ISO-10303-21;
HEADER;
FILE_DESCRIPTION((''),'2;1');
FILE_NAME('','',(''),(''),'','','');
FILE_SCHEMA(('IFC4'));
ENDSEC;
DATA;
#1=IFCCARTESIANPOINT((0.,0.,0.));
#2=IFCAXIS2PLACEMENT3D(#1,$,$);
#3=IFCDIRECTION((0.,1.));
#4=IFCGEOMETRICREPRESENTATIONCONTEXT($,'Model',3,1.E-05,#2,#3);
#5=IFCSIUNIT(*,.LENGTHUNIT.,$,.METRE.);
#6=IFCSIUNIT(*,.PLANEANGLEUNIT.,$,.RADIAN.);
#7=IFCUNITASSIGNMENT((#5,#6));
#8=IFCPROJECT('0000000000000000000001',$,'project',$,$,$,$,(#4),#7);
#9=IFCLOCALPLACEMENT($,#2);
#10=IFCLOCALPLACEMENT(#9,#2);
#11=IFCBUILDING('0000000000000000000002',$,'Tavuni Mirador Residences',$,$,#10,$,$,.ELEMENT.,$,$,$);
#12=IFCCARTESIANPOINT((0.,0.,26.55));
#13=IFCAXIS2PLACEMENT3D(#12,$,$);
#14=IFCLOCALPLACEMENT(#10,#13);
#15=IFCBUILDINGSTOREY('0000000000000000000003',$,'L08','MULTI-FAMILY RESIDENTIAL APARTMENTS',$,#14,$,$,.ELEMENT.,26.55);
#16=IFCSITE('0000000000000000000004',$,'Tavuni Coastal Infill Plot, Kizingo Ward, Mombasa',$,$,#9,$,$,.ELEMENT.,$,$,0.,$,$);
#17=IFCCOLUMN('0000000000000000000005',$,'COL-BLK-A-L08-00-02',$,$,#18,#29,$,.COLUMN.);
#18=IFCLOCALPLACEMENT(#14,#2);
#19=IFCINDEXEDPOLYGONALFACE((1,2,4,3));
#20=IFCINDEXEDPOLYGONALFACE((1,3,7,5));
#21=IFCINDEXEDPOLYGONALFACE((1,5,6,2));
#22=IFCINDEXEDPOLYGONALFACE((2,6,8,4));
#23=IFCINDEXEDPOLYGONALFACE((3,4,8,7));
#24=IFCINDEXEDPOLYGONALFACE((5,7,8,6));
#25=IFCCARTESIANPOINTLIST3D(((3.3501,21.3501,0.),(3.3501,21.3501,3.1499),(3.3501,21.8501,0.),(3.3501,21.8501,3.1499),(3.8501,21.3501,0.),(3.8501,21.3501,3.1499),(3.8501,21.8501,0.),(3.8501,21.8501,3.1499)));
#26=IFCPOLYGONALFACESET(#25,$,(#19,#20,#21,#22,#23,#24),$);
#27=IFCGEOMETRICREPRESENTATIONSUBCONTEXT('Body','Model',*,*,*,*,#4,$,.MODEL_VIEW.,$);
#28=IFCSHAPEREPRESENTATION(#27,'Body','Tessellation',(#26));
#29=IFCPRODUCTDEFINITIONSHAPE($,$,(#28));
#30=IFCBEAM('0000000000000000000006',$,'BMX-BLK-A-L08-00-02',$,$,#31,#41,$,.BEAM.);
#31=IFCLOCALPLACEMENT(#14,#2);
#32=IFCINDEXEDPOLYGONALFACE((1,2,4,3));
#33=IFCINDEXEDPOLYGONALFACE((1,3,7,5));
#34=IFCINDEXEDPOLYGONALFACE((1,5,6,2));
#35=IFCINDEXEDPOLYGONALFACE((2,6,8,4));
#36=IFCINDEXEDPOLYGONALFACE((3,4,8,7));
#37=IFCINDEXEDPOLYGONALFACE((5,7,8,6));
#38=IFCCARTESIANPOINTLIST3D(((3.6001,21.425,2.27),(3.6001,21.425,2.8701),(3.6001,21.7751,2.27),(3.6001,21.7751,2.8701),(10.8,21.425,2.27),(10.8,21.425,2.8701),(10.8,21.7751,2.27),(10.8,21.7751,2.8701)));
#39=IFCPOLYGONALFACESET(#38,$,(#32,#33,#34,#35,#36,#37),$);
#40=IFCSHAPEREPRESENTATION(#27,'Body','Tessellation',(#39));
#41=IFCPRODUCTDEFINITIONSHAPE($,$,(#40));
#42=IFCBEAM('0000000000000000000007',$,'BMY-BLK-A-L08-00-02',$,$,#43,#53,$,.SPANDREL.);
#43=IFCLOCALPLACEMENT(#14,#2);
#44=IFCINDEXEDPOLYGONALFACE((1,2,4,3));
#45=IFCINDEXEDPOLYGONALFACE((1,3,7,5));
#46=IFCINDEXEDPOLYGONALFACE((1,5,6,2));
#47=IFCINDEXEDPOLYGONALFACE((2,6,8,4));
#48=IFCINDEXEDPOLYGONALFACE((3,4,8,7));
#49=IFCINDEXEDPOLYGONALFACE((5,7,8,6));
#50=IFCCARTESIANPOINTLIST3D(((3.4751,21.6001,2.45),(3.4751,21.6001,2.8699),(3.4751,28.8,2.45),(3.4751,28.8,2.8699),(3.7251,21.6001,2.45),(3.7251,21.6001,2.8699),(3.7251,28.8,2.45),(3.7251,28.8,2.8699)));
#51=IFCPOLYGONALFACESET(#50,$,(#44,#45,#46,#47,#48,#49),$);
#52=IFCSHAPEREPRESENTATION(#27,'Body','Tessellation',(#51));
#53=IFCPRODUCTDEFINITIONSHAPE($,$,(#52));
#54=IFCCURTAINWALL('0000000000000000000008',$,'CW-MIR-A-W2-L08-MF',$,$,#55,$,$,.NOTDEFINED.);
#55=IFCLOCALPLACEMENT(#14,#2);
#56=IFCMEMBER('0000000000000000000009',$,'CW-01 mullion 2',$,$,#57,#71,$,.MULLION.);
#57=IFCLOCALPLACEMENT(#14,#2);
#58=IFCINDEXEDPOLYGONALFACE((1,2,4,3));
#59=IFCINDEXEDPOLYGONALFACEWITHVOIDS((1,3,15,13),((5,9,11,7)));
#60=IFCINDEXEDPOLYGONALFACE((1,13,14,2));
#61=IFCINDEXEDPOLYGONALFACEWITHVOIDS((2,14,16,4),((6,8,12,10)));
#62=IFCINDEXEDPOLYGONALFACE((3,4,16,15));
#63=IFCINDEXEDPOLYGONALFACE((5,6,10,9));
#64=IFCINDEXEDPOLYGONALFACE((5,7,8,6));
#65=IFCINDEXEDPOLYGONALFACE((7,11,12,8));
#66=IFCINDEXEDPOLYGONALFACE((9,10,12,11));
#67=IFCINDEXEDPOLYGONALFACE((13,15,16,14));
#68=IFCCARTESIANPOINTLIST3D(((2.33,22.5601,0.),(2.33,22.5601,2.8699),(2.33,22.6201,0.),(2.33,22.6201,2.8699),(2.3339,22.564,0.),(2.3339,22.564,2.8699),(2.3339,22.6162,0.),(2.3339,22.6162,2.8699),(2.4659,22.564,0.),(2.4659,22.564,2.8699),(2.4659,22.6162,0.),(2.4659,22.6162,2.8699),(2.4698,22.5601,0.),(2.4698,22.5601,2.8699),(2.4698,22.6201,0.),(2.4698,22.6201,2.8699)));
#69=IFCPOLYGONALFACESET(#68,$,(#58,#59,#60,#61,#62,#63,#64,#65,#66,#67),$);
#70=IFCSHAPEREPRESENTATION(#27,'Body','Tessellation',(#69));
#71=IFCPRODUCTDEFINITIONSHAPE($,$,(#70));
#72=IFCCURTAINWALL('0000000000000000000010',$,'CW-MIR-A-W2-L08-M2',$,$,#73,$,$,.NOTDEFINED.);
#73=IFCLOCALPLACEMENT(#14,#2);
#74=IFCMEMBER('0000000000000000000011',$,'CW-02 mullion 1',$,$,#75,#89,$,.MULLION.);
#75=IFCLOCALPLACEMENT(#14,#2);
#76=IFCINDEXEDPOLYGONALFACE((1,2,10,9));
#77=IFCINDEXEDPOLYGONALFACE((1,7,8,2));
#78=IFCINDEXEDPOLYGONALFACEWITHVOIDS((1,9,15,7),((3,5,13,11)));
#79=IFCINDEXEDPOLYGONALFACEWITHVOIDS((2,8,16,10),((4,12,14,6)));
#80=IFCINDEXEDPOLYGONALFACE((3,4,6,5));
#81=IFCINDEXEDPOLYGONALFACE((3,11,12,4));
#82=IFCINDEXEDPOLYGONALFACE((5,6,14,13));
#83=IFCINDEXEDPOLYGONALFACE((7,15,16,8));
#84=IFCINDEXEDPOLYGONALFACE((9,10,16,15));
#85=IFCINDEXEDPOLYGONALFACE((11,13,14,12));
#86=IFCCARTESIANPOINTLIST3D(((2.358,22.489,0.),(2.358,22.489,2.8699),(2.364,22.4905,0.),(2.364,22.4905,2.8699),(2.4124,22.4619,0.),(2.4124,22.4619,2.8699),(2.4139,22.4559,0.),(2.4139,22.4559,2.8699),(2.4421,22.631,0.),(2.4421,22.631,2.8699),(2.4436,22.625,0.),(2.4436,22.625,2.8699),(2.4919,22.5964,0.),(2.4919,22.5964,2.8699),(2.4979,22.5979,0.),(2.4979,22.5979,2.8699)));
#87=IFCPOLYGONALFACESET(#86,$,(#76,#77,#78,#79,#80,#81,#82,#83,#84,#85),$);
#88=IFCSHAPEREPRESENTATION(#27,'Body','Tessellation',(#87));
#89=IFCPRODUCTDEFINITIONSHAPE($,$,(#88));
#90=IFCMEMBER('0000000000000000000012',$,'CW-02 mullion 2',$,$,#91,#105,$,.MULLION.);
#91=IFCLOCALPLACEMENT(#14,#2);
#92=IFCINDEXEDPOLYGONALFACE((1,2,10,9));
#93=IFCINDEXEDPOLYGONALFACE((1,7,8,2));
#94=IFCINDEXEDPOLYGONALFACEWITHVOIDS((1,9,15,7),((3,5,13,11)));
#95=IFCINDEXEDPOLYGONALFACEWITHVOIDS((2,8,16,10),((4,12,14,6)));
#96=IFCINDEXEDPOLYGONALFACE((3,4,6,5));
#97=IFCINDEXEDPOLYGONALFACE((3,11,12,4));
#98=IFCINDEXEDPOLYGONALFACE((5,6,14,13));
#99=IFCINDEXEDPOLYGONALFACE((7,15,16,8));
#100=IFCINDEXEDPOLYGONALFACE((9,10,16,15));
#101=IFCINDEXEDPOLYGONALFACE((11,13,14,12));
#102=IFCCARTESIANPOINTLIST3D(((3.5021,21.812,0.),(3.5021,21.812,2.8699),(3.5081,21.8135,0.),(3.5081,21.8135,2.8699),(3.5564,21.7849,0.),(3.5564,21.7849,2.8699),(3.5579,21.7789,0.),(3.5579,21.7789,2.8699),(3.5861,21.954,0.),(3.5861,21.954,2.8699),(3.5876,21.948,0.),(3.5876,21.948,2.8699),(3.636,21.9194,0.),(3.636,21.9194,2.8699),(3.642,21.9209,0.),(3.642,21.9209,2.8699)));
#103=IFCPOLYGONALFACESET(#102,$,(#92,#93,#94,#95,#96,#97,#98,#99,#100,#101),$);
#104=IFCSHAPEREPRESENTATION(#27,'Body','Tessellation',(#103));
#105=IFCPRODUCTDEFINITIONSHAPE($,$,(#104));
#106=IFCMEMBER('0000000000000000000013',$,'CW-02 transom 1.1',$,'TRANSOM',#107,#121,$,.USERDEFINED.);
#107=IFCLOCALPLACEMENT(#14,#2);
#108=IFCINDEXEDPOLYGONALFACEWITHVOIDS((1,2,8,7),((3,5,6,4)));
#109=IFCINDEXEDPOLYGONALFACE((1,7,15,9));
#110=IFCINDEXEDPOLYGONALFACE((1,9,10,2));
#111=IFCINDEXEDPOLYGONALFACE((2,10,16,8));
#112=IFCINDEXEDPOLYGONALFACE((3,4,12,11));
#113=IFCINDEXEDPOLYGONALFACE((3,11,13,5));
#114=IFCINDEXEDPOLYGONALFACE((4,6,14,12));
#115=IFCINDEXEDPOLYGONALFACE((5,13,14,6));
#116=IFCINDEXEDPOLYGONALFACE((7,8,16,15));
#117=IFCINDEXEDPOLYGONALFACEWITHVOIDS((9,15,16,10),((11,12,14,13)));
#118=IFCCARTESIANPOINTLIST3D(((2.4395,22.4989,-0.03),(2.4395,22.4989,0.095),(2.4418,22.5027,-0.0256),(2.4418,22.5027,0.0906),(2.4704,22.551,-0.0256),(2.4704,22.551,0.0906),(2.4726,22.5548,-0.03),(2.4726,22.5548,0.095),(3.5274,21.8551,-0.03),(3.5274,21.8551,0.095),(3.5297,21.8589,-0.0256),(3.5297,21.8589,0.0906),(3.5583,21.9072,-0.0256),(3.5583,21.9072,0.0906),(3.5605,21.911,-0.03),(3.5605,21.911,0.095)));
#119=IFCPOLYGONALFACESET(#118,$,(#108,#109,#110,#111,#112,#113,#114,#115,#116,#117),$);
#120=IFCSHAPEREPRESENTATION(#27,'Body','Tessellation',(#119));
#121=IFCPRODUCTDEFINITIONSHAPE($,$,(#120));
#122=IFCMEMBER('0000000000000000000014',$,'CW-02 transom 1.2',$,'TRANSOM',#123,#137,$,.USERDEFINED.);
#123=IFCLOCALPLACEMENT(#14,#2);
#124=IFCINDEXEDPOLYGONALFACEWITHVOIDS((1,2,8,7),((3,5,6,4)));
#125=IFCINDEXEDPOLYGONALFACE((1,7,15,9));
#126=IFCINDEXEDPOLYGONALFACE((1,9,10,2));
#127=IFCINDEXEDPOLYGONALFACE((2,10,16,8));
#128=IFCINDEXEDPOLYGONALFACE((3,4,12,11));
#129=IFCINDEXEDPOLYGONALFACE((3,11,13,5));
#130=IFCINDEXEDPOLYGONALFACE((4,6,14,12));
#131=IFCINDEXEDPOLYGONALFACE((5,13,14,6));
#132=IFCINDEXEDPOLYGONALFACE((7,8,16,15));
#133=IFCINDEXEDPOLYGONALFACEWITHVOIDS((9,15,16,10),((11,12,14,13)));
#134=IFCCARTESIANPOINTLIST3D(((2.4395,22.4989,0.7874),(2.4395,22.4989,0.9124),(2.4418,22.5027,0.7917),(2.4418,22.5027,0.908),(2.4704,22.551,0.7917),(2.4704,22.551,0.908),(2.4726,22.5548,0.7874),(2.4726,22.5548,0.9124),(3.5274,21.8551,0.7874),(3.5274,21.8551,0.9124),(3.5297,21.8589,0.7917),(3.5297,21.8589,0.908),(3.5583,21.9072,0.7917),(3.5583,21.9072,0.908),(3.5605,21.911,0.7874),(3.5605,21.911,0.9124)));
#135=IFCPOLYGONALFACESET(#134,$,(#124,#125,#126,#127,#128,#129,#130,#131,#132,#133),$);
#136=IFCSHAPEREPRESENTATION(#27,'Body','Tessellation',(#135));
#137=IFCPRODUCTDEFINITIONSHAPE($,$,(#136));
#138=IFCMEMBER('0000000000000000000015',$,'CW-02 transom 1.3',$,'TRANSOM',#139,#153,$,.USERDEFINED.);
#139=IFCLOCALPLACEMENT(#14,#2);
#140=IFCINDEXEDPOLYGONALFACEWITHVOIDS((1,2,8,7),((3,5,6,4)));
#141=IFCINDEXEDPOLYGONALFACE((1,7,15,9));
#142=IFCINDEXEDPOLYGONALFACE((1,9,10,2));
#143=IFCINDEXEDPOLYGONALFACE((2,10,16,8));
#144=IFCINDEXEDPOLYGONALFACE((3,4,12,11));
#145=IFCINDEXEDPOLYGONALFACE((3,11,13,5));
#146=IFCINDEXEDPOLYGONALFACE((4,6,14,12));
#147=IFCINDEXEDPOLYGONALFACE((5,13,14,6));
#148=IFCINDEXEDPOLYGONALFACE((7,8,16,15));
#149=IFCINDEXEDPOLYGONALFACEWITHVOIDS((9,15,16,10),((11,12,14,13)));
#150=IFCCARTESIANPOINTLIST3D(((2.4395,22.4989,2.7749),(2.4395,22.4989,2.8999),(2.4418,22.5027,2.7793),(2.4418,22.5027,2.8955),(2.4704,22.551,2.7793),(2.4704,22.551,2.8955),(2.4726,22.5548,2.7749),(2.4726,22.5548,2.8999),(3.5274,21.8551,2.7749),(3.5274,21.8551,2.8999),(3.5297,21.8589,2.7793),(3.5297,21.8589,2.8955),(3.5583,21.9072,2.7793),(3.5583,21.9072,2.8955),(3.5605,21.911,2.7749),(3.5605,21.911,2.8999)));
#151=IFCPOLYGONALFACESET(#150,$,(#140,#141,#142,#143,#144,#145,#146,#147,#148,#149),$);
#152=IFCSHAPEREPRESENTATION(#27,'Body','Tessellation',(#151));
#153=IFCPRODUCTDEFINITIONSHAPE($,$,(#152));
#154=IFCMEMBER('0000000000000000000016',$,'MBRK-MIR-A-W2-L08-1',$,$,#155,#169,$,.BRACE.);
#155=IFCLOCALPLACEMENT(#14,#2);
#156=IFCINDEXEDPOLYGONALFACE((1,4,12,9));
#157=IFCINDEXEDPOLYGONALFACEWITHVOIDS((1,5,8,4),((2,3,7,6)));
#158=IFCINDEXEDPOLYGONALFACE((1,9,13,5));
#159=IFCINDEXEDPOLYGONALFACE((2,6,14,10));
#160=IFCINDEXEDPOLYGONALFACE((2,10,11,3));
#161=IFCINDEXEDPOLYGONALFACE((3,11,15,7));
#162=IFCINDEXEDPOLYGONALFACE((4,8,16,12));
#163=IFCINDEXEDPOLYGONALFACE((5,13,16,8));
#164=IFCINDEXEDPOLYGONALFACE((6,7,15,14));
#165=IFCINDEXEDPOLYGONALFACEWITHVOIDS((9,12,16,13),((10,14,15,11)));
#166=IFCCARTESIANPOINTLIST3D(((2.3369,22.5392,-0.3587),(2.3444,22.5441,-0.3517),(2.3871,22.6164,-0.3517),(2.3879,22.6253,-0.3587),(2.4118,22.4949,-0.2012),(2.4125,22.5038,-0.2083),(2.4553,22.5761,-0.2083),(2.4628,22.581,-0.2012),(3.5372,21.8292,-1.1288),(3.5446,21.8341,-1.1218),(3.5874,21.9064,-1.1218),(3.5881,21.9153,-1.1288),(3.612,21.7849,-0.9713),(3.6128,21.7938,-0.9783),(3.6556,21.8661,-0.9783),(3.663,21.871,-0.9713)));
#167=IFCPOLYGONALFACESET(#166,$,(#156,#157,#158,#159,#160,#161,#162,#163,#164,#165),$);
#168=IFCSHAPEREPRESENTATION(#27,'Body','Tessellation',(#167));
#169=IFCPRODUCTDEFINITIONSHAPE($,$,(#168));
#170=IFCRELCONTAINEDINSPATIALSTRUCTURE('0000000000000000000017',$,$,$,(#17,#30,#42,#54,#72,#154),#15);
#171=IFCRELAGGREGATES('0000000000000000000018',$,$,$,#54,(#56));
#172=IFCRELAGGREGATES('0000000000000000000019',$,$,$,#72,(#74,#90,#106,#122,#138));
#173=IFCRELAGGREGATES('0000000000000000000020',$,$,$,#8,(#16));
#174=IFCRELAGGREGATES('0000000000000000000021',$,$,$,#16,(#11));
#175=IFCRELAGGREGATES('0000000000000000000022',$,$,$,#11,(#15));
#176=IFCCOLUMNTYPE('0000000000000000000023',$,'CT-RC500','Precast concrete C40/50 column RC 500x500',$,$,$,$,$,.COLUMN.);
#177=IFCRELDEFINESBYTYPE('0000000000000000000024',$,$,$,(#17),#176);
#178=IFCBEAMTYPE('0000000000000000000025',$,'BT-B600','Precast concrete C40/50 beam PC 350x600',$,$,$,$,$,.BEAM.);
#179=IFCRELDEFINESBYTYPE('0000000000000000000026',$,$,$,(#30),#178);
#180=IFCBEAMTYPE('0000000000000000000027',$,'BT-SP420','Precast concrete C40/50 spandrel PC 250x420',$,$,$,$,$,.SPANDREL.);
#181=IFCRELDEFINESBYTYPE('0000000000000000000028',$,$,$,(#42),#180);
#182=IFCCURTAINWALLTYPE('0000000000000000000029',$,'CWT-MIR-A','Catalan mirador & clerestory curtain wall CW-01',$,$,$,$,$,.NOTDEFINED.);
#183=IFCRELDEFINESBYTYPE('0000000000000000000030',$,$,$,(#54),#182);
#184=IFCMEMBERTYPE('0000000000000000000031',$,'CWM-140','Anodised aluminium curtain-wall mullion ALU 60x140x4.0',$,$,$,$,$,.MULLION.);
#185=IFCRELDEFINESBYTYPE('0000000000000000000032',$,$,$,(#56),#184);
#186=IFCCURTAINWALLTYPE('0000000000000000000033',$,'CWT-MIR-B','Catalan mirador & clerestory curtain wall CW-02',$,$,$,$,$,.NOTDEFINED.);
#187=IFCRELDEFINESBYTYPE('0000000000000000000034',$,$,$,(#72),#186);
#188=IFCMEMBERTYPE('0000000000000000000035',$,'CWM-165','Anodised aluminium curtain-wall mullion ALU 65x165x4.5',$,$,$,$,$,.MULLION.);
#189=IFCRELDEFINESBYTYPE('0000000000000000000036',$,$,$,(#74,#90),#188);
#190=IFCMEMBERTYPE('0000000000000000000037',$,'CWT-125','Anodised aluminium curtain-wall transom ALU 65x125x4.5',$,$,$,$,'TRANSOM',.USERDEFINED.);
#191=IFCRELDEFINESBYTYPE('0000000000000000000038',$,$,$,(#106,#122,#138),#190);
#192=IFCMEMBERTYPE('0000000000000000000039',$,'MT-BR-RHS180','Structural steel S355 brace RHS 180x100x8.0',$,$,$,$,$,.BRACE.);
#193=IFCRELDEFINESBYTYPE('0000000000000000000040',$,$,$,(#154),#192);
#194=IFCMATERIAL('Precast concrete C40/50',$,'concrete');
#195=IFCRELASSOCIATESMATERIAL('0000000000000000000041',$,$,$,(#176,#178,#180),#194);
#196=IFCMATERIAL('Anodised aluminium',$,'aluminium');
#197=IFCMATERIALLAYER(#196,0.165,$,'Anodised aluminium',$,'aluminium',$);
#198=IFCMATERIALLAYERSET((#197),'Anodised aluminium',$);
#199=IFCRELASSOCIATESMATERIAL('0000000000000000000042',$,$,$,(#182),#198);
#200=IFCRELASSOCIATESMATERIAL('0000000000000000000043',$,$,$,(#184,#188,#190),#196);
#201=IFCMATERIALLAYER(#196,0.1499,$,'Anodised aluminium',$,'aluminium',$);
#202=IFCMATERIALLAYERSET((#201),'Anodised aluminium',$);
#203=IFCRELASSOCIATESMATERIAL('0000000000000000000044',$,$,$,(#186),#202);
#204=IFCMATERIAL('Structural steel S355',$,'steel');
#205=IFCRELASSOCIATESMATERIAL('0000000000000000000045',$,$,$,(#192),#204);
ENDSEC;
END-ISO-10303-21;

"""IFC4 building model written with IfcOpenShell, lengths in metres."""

from ifc_helpers import new_model, si_unit, direction, frame, origin, origin_2d, place, context, subcontext, project, spatial, rectangle, hollow_rectangle, extrude, material, layer, layer_set, material_profile, profile_set, type_object, element, aggregate, save


model = new_model("IFC4")

# Units and contexts
model_context = context("Model", 3, precision=1e-05, world=origin(), true_north=direction((0.0, 1.0)))
body_context = subcontext(model_context, "Body", "Model", "MODEL_VIEW")
ifc_project = project(units=[si_unit("LENGTHUNIT", "METRE"), si_unit("PLANEANGLEUNIT", "RADIAN")], contexts=[model_context])

# Site, building, storey
site_placement = place(None, origin())
site = spatial("IfcSite", under=ifc_project, at=site_placement, Name="Tavuni Coastal Infill Plot, Kizingo Ward, Mombasa", CompositionType="ELEMENT", RefElevation=0.0)
building_placement = place(site_placement, origin())
building = spatial("IfcBuilding", under=site, at=building_placement, Name="Tavuni Mirador Residences", CompositionType="ELEMENT")
storey_placement = place(building_placement, frame((0.0, 0.0, 26.55)))
storey = spatial("IfcBuildingStorey", under=building, at=storey_placement, Name="L08", Description="MULTI-FAMILY RESIDENTIAL APARTMENTS", CompositionType="ELEMENT", Elevation=26.55)

# Column
ifc_material_1 = material(Name="Precast concrete C40/50", Category="concrete")
ifc_material_profile_1 = material_profile(ifc_material_1, rectangle(XDim=0.5, YDim=0.5, at=origin_2d()), Name="RC 500x500", Category="concrete")
ifc_profile_set_1 = profile_set([ifc_material_profile_1], Name="Precast concrete C40/50")
column_type = type_object("IfcColumnType", Name="CT-RC500", Description="Precast concrete C40/50 column RC 500x500", PredefinedType="COLUMN", material=ifc_profile_set_1)
column_placement = place(storey_placement, frame((3.6001, 21.6001, 0.0), z_axis=(0.0, 0.0, 1.0), x_axis=(1.0, 0.0, 0.0)))
element("IfcColumn", 1, at=column_placement, inside=storey, type_object=column_type, Name="COL-BLK-A-L08-00-02", PredefinedType="COLUMN", context=body_context, shape_type="SweptSolid", body=[
    extrude(rectangle(XDim=0.5, YDim=0.5, at=origin_2d()), origin(), (0.0, 0.0, 1.0), 3.1499),
])

# Beams
ifc_material_profile_2 = material_profile(ifc_material_1, rectangle(XDim=0.3501, YDim=0.6001, at=origin_2d()), Name="PC 350x600", Category="concrete")
ifc_profile_set_2 = profile_set([ifc_material_profile_2], Name="Precast concrete C40/50")
beam_type_1 = type_object("IfcBeamType", Name="BT-B600", Description="Precast concrete C40/50 beam PC 350x600", PredefinedType="BEAM", material=ifc_profile_set_2)
beam_1_placement = place(storey_placement, frame((3.6001, 21.6001, 2.5701), z_axis=(1.0, 0.0, 0.0), x_axis=(0.0, 1.0, 0.0)))
element("IfcBeam", 2, at=beam_1_placement, inside=storey, type_object=beam_type_1, Name="BMX-BLK-A-L08-00-02", PredefinedType="BEAM", context=body_context, shape_type="SweptSolid", body=[
    extrude(rectangle(XDim=0.3501, YDim=0.6001, at=origin_2d()), origin(), (0.0, 0.0, 1.0), 7.2),
])
ifc_material_profile_3 = material_profile(ifc_material_1, rectangle(XDim=0.25, YDim=0.4199, at=origin_2d()), Name="PC 250x420", Category="concrete")
ifc_profile_set_3 = profile_set([ifc_material_profile_3], Name="Precast concrete C40/50")
beam_type_2 = type_object("IfcBeamType", Name="BT-SP420", Description="Precast concrete C40/50 spandrel PC 250x420", PredefinedType="SPANDREL", material=ifc_profile_set_3)
beam_2_placement = place(storey_placement, frame((3.6001, 21.6001, 2.6599), z_axis=(0.0, 1.0, 0.0), x_axis=(-1.0, 0.0, 0.0)))
element("IfcBeam", 3, at=beam_2_placement, inside=storey, type_object=beam_type_2, Name="BMY-BLK-A-L08-00-02", PredefinedType="SPANDREL", context=body_context, shape_type="SweptSolid", body=[
    extrude(rectangle(XDim=0.25, YDim=0.4199, at=origin_2d()), origin(), (0.0, 0.0, 1.0), 7.2),
])

# Curtain wall, member
ifc_material_2 = material(Name="Anodised aluminium", Category="aluminium")
ifc_layer_1 = layer(ifc_material_2, 0.165, Name="Anodised aluminium", Category="aluminium")
ifc_layer_set_1 = layer_set([ifc_layer_1], Name="Anodised aluminium")
curtain_wall_type_1 = type_object("IfcCurtainWallType", Name="CWT-MIR-A", Description="Catalan mirador & clerestory curtain wall CW-01", PredefinedType="NOTDEFINED", material=ifc_layer_set_1)
curtain_wall_1_placement = place(storey_placement, origin())
curtain_wall_1 = element("IfcCurtainWall", 4, at=curtain_wall_1_placement, inside=storey, type_object=curtain_wall_type_1, Name="CW-MIR-A-W2-L08-MF", PredefinedType="NOTDEFINED")
ifc_material_profile_4 = material_profile(ifc_material_2, hollow_rectangle(XDim=0.0601, YDim=0.1399, WallThickness=0.0039, at=origin_2d()), Name="ALU 60x140x4.0", Category="aluminium")
ifc_profile_set_4 = profile_set([ifc_material_profile_4], Name="Anodised aluminium")
member_type_1 = type_object("IfcMemberType", Name="CWM-140", Description="Anodised aluminium curtain-wall mullion ALU 60x140x4.0", PredefinedType="MULLION", material=ifc_profile_set_4)
member_1_placement = place(storey_placement, frame((2.3999, 22.5901, 0.0), z_axis=(0.0, 0.0, 1.0), x_axis=(0.0, -1.0, 0.0)))
member_1 = element("IfcMember", 5, at=member_1_placement, type_object=member_type_1, Name="CW-01 mullion 2", PredefinedType="MULLION", context=body_context, shape_type="SweptSolid", body=[
    extrude(hollow_rectangle(XDim=0.0601, YDim=0.1399, WallThickness=0.0039, at=origin_2d()), origin(), (0.0, 0.0, 1.0), 2.8699),
])

# Curtain wall, members
ifc_layer_2 = layer(ifc_material_2, 0.1499, Name="Anodised aluminium", Category="aluminium")
ifc_layer_set_2 = layer_set([ifc_layer_2], Name="Anodised aluminium")
curtain_wall_type_2 = type_object("IfcCurtainWallType", Name="CWT-MIR-B", Description="Catalan mirador & clerestory curtain wall CW-02", PredefinedType="NOTDEFINED", material=ifc_layer_set_2)
curtain_wall_2_placement = place(storey_placement, origin())
curtain_wall_2 = element("IfcCurtainWall", 6, at=curtain_wall_2_placement, inside=storey, type_object=curtain_wall_type_2, Name="CW-MIR-A-W2-L08-M2", PredefinedType="NOTDEFINED")
ifc_material_profile_5 = material_profile(ifc_material_2, hollow_rectangle(XDim=0.0649, YDim=0.165, WallThickness=0.0044, at=origin_2d()), Name="ALU 65x165x4.5", Category="aluminium")
ifc_profile_set_5 = profile_set([ifc_material_profile_5], Name="Anodised aluminium")
member_type_2 = type_object("IfcMemberType", Name="CWM-165", Description="Anodised aluminium curtain-wall mullion ALU 65x165x4.5", PredefinedType="MULLION", material=ifc_profile_set_5)
member_2_placement = place(storey_placement, frame((2.428, 22.5435, 0.0), z_axis=(0.0, 0.0, 1.0), x_axis=(0.860641, -0.509212, 0.0)))
member_2 = element("IfcMember", 7, at=member_2_placement, type_object=member_type_2, Name="CW-02 mullion 1", PredefinedType="MULLION", context=body_context, shape_type="SweptSolid", body=[
    extrude(hollow_rectangle(XDim=0.0649, YDim=0.165, WallThickness=0.0044, at=origin_2d()), origin(), (0.0, 0.0, 1.0), 2.8699),
])
member_3_placement = place(storey_placement, frame((3.572, 21.8665, 0.0), z_axis=(0.0, 0.0, 1.0), x_axis=(0.860641, -0.509212, 0.0)))
member_3 = element("IfcMember", 8, at=member_3_placement, type_object=member_type_2, Name="CW-02 mullion 2", PredefinedType="MULLION", context=body_context, shape_type="SweptSolid", body=[
    extrude(hollow_rectangle(XDim=0.0649, YDim=0.165, WallThickness=0.0044, at=origin_2d()), origin(), (0.0, 0.0, 1.0), 2.8699),
])
ifc_material_profile_6 = material_profile(ifc_material_2, hollow_rectangle(XDim=0.0649, YDim=0.125, WallThickness=0.0044, at=origin_2d()), Name="ALU 65x125x4.5", Category="aluminium")
ifc_profile_set_6 = profile_set([ifc_material_profile_6], Name="Anodised aluminium")
member_type_3 = type_object("IfcMemberType", Name="CWT-125", Description="Anodised aluminium curtain-wall transom ALU 65x125x4.5", ElementType="TRANSOM", PredefinedType="USERDEFINED", material=ifc_profile_set_6)
member_4_placement = place(storey_placement, frame((2.4561, 22.5269, 0.0325), z_axis=(0.860596, -0.509289, 0.0), x_axis=(0.509289, 0.860596, 0.0)))
member_4 = element("IfcMember", 9, at=member_4_placement, type_object=member_type_3, Name="CW-02 transom 1.1", ObjectType="TRANSOM", PredefinedType="USERDEFINED", context=body_context, shape_type="SweptSolid", body=[
    extrude(hollow_rectangle(XDim=0.0649, YDim=0.125, WallThickness=0.0044, at=origin_2d()), origin(), (0.0, 0.0, 1.0), 1.2642),
])
member_5_placement = place(storey_placement, frame((2.4561, 22.5269, 0.8499), z_axis=(0.860596, -0.509289, 0.0), x_axis=(0.509289, 0.860596, 0.0)))
member_5 = element("IfcMember", 10, at=member_5_placement, type_object=member_type_3, Name="CW-02 transom 1.2", ObjectType="TRANSOM", PredefinedType="USERDEFINED", context=body_context, shape_type="SweptSolid", body=[
    extrude(hollow_rectangle(XDim=0.0649, YDim=0.125, WallThickness=0.0044, at=origin_2d()), origin(), (0.0, 0.0, 1.0), 1.2642),
])
member_6_placement = place(storey_placement, frame((2.4561, 22.5269, 2.8374), z_axis=(0.860596, -0.509289, 0.0), x_axis=(0.509289, 0.860596, 0.0)))
member_6 = element("IfcMember", 11, at=member_6_placement, type_object=member_type_3, Name="CW-02 transom 1.3", ObjectType="TRANSOM", PredefinedType="USERDEFINED", context=body_context, shape_type="SweptSolid", body=[
    extrude(hollow_rectangle(XDim=0.0649, YDim=0.125, WallThickness=0.0044, at=origin_2d()), origin(), (0.0, 0.0, 1.0), 1.2642),
])

# Member
ifc_material_3 = material(Name="Structural steel S355", Category="steel")
ifc_material_profile_7 = material_profile(ifc_material_3, hollow_rectangle(XDim=0.1001, YDim=0.1799, WallThickness=0.0081, at=origin_2d()), Name="RHS 180x100x8.0", Category="steel")
ifc_profile_set_7 = profile_set([ifc_material_profile_7], Name="Structural steel S355")
member_type_4 = type_object("IfcMemberType", Name="MT-BR-RHS180", Description="Structural steel S355 brace RHS 180x100x8.0", PredefinedType="BRACE", material=ifc_profile_set_7)
member_7_placement = place(storey_placement, frame((3.6001, 21.8501, -1.05), z_axis=(-0.753449, 0.445693, 0.483397), x_axis=(-0.50913, -0.860689, 0.0)))
element("IfcMember", 12, at=member_7_placement, inside=storey, type_object=member_type_4, Name="MBRK-MIR-A-W2-L08-1", PredefinedType="BRACE", context=body_context, shape_type="SweptSolid", body=[
    extrude(hollow_rectangle(XDim=0.1001, YDim=0.1799, WallThickness=0.0081, at=origin_2d()), origin(), (0.0, 0.0, 1.0), 1.593),
])

aggregate(curtain_wall_1, [member_1])
aggregate(curtain_wall_2, [member_2, member_3, member_4, member_5, member_6])

save(model, "model.ifc")
